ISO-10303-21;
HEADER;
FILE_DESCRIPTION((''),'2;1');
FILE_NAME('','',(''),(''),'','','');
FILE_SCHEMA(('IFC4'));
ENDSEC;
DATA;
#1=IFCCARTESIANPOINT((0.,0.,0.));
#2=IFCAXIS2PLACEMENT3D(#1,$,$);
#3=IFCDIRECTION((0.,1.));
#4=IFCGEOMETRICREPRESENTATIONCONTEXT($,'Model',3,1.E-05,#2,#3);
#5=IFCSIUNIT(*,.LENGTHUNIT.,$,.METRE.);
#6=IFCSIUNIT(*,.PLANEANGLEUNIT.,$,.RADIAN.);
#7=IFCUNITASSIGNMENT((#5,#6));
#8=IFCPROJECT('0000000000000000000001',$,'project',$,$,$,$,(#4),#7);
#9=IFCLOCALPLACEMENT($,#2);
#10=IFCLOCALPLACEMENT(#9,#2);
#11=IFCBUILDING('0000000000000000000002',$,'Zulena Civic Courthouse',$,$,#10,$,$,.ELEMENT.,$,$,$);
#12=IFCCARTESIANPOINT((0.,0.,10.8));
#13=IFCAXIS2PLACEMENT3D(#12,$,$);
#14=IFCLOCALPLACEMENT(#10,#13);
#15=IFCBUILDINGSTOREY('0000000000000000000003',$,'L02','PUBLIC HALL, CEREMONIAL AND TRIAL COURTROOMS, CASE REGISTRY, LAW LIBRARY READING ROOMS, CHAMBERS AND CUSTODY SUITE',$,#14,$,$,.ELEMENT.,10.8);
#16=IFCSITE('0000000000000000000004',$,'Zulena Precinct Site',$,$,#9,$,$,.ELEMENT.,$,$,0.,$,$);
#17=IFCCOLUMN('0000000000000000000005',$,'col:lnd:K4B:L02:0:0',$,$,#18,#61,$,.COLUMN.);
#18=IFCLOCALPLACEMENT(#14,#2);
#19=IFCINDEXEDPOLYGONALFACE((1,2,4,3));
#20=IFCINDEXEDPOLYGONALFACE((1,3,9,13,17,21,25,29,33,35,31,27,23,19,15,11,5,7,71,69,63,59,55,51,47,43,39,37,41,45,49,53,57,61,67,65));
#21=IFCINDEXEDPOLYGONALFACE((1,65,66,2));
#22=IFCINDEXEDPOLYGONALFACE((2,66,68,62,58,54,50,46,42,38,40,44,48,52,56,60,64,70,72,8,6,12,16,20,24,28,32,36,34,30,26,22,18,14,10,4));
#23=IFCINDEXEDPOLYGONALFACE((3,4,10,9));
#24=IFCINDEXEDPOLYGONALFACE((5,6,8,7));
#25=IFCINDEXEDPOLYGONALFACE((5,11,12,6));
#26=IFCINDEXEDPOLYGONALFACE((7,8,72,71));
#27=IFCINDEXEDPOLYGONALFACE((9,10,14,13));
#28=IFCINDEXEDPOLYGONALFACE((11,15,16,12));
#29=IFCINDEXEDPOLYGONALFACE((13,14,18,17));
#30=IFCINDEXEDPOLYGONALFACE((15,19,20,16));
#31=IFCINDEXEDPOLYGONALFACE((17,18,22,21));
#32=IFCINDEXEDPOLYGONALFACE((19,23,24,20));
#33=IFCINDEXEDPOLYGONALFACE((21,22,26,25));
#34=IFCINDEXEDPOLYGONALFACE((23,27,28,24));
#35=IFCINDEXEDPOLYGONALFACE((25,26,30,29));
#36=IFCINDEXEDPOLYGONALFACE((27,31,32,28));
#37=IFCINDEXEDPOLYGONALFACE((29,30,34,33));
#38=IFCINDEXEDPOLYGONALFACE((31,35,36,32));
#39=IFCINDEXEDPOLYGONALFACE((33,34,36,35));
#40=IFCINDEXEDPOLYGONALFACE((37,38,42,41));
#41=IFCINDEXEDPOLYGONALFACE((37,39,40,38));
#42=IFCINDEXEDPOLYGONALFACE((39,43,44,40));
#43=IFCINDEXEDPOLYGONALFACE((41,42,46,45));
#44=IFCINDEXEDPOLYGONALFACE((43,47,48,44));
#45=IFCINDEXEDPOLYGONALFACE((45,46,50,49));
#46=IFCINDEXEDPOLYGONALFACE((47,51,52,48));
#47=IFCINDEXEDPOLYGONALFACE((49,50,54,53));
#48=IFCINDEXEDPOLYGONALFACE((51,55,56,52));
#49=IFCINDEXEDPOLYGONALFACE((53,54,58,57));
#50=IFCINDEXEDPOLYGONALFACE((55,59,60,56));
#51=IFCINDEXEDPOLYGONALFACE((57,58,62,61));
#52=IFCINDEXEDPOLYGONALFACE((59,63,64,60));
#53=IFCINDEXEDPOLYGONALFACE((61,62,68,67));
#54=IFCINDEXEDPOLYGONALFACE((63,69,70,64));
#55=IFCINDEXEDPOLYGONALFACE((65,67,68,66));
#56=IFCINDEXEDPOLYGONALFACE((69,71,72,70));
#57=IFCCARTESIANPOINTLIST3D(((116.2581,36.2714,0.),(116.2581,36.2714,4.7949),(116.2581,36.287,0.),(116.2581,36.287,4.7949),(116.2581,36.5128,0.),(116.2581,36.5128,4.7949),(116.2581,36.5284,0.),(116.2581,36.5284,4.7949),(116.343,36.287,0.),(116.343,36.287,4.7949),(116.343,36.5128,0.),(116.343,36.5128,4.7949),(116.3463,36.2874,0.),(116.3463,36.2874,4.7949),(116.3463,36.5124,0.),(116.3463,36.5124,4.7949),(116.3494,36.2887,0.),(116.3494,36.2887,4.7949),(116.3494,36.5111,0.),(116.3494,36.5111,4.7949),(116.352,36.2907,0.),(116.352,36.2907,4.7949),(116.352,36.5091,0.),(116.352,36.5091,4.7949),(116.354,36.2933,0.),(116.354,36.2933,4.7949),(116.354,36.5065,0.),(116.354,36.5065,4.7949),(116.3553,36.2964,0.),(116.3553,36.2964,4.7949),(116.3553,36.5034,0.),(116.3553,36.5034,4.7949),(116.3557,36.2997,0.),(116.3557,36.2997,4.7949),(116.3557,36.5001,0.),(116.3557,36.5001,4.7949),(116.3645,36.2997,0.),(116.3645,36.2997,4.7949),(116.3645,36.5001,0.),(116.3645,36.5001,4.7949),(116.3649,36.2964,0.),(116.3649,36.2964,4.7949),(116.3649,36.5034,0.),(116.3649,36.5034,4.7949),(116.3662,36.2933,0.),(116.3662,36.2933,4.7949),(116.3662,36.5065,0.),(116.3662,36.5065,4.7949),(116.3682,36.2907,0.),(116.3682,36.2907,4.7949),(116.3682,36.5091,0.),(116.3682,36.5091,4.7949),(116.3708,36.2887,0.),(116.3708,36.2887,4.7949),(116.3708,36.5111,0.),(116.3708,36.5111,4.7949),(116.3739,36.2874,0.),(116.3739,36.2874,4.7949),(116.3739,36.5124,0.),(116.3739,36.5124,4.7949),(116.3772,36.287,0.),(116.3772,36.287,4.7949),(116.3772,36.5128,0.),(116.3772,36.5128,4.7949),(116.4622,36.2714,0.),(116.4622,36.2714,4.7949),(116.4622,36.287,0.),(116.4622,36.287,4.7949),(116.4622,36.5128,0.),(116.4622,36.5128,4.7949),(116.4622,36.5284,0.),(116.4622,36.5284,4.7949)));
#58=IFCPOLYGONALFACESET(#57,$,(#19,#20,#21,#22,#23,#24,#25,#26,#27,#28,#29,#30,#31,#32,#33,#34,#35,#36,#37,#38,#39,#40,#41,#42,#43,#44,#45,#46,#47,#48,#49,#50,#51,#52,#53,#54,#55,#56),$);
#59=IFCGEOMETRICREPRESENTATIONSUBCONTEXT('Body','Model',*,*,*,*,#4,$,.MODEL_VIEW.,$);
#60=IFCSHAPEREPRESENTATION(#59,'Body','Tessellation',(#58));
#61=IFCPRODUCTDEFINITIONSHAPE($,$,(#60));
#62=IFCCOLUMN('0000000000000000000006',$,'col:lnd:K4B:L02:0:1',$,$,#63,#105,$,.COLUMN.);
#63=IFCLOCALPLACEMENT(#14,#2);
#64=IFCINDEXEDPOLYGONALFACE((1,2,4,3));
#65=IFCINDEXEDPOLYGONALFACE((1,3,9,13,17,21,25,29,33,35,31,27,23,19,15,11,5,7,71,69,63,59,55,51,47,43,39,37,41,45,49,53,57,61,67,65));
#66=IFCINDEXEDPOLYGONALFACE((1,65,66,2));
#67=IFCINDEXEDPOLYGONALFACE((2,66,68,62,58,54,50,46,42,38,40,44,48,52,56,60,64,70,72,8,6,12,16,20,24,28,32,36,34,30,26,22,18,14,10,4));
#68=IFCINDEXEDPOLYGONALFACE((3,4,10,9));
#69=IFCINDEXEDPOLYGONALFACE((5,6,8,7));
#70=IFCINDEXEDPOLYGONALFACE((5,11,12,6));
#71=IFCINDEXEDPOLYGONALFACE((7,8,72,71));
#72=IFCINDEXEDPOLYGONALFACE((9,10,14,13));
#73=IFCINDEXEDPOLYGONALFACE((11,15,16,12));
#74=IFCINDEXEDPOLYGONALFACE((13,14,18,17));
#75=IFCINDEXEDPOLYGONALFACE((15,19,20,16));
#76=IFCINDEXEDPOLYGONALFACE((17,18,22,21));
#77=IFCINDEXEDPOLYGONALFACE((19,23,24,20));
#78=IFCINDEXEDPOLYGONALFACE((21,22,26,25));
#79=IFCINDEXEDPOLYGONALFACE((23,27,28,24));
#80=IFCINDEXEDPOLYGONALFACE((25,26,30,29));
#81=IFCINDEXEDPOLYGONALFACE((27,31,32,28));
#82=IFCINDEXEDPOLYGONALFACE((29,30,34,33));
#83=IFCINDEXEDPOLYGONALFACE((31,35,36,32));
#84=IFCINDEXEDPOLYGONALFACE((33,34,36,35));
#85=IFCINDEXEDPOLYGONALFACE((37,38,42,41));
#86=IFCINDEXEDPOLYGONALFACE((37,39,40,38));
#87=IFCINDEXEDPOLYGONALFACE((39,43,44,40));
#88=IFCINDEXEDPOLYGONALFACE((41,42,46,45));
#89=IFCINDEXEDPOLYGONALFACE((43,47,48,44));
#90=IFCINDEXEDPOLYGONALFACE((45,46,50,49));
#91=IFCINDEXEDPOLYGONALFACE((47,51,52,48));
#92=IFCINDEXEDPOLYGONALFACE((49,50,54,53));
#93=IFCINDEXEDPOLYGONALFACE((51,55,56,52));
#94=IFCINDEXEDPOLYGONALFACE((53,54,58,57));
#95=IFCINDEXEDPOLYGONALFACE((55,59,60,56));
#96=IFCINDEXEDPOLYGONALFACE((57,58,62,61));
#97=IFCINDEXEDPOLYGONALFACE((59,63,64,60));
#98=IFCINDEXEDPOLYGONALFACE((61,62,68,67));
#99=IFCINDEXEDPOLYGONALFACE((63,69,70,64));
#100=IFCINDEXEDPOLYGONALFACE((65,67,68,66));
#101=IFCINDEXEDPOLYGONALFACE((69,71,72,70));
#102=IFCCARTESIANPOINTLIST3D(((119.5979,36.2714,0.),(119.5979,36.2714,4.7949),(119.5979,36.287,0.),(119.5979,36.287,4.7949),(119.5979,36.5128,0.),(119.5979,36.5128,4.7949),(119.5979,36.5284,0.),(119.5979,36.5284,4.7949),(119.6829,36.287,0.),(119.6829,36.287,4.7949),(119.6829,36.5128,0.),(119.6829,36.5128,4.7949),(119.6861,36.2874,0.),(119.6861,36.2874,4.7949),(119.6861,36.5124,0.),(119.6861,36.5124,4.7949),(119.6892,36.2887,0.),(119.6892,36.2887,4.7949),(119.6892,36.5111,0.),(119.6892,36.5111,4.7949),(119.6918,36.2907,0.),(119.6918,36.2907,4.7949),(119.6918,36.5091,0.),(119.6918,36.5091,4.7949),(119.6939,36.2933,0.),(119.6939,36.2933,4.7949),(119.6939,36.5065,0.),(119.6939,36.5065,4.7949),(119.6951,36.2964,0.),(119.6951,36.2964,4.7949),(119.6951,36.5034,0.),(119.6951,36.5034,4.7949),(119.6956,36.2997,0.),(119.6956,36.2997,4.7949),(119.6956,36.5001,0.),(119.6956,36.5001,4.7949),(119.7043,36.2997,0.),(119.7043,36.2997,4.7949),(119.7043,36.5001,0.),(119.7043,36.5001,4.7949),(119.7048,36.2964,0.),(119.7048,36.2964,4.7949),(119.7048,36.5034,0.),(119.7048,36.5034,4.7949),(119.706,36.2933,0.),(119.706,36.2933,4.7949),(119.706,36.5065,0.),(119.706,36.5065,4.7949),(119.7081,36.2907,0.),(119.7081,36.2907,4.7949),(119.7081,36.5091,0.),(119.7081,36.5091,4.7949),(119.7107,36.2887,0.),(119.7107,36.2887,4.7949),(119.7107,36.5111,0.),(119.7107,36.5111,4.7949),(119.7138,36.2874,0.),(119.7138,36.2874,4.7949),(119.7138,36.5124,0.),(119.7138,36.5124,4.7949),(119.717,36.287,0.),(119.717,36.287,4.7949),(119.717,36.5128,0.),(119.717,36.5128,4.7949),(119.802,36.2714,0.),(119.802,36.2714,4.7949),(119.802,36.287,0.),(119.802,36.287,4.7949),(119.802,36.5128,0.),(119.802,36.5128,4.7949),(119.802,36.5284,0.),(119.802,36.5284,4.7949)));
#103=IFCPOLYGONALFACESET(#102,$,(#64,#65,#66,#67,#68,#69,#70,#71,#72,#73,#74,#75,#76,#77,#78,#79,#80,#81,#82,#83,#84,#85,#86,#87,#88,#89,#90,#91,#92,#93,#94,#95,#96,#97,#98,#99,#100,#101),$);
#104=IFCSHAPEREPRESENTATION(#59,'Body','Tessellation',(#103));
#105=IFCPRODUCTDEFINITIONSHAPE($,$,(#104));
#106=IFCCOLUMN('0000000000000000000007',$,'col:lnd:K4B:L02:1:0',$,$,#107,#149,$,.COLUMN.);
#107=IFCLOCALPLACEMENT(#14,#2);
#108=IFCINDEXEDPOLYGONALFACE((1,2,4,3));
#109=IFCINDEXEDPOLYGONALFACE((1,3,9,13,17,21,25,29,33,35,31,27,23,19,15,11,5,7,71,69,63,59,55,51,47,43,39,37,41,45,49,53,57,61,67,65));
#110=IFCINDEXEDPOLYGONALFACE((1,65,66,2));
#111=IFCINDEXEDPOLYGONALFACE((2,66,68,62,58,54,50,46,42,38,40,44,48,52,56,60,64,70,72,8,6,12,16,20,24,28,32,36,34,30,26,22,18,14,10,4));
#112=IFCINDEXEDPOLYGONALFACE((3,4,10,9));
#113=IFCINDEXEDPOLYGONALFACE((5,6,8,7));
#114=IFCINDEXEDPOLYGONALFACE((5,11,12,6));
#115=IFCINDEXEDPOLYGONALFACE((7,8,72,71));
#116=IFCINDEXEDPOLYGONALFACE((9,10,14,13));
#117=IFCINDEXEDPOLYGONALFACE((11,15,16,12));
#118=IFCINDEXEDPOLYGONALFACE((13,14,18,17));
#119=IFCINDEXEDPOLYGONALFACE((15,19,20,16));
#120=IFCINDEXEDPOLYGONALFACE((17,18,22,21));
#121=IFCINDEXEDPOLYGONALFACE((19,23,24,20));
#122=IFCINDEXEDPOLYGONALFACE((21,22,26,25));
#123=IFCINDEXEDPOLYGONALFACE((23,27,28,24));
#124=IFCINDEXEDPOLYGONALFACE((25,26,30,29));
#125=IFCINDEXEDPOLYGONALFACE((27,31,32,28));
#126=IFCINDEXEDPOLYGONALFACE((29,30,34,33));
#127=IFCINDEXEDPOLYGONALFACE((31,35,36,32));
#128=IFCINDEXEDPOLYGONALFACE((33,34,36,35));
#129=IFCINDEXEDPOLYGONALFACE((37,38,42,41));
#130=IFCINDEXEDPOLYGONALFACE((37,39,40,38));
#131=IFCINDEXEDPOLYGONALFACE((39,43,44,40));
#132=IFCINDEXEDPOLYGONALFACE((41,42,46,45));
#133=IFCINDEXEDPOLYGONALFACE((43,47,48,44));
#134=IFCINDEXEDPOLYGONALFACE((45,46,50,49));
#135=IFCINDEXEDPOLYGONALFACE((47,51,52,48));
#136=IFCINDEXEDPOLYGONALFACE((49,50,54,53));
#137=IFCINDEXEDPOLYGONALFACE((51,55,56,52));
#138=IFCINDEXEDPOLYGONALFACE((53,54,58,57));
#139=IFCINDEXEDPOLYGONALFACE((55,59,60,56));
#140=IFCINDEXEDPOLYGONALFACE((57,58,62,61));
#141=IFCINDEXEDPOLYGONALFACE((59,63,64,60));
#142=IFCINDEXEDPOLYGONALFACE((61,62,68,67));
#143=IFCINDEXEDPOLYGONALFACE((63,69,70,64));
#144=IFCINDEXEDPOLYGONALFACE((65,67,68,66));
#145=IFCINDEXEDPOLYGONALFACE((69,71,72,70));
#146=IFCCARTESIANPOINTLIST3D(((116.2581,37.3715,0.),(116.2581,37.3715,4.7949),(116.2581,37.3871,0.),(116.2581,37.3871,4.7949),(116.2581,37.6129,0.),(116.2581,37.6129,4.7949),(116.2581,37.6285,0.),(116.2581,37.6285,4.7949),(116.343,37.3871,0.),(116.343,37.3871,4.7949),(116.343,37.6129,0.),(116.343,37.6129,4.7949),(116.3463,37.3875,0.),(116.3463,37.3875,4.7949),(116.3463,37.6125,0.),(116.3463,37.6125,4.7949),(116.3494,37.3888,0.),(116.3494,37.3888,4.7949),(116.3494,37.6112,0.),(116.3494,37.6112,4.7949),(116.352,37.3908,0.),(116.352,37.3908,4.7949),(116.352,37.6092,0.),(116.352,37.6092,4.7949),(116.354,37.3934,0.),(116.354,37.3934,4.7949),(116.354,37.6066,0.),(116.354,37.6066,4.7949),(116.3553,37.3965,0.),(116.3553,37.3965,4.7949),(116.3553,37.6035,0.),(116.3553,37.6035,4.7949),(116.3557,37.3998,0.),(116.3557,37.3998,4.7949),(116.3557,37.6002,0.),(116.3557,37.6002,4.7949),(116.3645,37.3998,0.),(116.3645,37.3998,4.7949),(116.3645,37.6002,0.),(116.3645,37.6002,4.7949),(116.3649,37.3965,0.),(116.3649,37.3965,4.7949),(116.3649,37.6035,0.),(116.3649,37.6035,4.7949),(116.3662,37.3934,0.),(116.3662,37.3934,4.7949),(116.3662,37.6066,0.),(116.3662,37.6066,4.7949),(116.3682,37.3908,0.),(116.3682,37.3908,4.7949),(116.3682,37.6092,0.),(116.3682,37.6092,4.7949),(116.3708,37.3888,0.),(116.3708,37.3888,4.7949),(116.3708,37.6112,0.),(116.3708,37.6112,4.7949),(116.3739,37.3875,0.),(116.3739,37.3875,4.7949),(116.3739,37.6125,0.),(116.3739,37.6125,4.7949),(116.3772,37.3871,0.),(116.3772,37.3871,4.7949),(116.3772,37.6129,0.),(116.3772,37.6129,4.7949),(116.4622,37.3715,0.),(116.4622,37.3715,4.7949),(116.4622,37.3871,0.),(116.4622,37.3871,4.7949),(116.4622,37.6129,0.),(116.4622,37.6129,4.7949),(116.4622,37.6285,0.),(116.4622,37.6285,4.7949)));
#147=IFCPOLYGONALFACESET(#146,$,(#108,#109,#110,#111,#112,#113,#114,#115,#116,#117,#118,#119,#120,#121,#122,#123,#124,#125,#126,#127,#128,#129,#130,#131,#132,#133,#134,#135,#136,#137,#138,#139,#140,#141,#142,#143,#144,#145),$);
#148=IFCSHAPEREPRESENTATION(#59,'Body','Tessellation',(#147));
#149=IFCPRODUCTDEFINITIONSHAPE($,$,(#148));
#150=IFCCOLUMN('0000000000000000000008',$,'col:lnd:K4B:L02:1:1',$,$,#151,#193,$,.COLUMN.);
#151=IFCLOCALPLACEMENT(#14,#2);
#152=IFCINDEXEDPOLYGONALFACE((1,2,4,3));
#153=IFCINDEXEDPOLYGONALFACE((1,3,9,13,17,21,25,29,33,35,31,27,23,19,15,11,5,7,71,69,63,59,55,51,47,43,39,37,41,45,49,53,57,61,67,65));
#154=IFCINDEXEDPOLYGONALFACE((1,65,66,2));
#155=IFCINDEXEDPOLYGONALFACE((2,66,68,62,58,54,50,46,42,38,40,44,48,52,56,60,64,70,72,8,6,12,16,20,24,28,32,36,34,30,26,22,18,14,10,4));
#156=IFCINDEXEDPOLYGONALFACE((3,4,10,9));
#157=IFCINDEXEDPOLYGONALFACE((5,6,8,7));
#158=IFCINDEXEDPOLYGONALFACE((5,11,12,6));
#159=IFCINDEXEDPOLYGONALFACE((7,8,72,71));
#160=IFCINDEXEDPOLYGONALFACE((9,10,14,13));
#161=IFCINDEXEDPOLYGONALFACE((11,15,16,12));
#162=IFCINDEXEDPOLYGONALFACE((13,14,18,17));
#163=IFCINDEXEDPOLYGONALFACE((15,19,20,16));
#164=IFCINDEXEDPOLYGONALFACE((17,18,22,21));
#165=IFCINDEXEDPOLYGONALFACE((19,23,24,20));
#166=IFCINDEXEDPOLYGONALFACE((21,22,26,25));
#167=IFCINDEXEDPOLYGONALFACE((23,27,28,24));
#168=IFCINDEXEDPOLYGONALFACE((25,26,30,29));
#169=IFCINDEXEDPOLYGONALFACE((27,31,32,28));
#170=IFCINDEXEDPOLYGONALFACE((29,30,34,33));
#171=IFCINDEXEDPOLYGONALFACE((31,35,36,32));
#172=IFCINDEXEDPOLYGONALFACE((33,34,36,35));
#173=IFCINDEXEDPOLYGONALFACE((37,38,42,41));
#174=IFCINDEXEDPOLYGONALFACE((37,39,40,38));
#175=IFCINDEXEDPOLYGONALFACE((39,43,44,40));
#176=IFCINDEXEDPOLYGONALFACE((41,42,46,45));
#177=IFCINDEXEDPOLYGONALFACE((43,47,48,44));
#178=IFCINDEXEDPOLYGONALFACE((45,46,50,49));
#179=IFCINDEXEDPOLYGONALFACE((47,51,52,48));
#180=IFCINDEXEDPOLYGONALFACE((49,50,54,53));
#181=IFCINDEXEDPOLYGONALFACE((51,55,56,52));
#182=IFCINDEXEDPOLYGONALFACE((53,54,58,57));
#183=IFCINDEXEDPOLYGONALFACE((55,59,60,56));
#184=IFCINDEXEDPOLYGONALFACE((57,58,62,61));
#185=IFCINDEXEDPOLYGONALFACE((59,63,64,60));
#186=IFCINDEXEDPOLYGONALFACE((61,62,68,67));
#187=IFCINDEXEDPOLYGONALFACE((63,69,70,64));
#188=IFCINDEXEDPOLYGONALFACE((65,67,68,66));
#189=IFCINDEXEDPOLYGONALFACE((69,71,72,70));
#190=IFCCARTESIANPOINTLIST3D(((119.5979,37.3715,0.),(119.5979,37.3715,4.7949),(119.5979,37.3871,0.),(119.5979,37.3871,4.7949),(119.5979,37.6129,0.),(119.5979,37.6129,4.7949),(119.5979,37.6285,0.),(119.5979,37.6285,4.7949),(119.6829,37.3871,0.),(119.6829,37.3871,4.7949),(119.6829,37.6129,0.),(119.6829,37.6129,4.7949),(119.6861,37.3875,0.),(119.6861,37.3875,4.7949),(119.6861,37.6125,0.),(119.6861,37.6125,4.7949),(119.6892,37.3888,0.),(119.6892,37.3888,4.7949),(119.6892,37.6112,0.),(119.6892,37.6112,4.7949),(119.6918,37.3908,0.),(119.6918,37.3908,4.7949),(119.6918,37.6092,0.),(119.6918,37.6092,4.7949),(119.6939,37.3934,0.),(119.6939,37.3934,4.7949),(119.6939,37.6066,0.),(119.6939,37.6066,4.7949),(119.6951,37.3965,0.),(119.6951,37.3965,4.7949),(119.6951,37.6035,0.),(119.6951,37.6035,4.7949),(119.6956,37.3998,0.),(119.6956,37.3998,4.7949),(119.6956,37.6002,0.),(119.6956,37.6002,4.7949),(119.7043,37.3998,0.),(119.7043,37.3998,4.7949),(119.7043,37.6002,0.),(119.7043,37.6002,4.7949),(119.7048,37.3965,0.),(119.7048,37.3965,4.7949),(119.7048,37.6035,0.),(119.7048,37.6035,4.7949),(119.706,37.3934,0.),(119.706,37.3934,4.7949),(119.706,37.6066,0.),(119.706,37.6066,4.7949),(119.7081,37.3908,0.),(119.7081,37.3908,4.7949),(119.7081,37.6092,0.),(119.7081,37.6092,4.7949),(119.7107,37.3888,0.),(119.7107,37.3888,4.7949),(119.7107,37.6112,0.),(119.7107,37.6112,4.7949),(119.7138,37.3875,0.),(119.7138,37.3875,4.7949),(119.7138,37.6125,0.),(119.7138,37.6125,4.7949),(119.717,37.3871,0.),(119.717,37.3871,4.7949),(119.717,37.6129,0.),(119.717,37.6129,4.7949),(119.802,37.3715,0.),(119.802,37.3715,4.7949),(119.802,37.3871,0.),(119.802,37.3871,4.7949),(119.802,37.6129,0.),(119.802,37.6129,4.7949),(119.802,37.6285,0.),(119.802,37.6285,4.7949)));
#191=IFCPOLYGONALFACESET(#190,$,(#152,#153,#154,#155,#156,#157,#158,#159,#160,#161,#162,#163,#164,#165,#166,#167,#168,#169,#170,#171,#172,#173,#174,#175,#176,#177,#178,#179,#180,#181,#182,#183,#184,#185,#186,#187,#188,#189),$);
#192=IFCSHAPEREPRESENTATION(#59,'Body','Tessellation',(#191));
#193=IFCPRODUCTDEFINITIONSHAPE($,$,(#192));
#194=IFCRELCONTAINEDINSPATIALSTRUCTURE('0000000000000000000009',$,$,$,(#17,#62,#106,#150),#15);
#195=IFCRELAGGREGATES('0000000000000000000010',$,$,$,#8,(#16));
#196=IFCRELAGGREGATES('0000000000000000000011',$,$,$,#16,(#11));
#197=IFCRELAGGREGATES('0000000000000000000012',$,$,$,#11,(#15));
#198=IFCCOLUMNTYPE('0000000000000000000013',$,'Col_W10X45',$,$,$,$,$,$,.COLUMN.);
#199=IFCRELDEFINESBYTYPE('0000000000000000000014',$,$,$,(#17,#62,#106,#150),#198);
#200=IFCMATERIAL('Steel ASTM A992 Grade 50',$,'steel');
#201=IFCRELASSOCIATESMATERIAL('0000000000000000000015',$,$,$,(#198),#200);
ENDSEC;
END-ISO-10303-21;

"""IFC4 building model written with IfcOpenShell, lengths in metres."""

from ifc_helpers import new_model, si_unit, direction, frame, origin, origin_2d, place, context, subcontext, project, spatial, i_section, extrude, material, material_profile, profile_set, type_object, element, save


model = new_model("IFC4")

# Units and contexts
model_context = context("Model", 3, precision=1e-05, world=origin(), true_north=direction((0.0, 1.0)))
body_context = subcontext(model_context, "Body", "Model", "MODEL_VIEW")
ifc_project = project(units=[si_unit("LENGTHUNIT", "METRE"), si_unit("PLANEANGLEUNIT", "RADIAN")], contexts=[model_context])

# Site, building, storey
site_placement = place(None, origin())
site = spatial("IfcSite", under=ifc_project, at=site_placement, Name="Zulena Precinct Site", CompositionType="ELEMENT", RefElevation=0.0)
building_placement = place(site_placement, origin())
building = spatial("IfcBuilding", under=site, at=building_placement, Name="Zulena Civic Courthouse", CompositionType="ELEMENT")
storey_placement = place(building_placement, frame((0.0, 0.0, 10.8)))
storey = spatial("IfcBuildingStorey", under=building, at=storey_placement, Name="L02", Description="PUBLIC HALL, CEREMONIAL AND TRIAL COURTROOMS, CASE REGISTRY, LAW LIBRARY READING ROOMS, CHAMBERS AND CUSTODY SUITE", CompositionType="ELEMENT", Elevation=10.8)

# Columns
ifc_material_1 = material(Name="Steel ASTM A992 Grade 50", Category="steel")
ifc_material_profile_1 = material_profile(ifc_material_1, i_section(OverallWidth=0.2041, OverallDepth=0.2571, WebThickness=0.0088, FlangeThickness=0.0156, FilletRadius=0.0127, at=origin_2d()), Name="W10X45")
ifc_profile_set_1 = profile_set([ifc_material_profile_1], Name="Steel ASTM A992 Grade 50")
column_type_1 = type_object("IfcColumnType", Name="Col_W10X45", PredefinedType="COLUMN", material=ifc_profile_set_1)
for number, where, z_axis, x_axis, name in (
    (1, (116.3601, 36.3999, 0.0), (0.0, 0.0, 1.0), (1.0, 0.0, 0.0), "col:lnd:K4B:L02:0:0"),
    (2, (119.7, 36.3999, 0.0), (0.0, 0.0, 1.0), (1.0, 0.0, 0.0), "col:lnd:K4B:L02:0:1"),
    (3, (116.3601, 37.5, 0.0), (0.0, 0.0, 1.0), (1.0, 0.0, 0.0), "col:lnd:K4B:L02:1:0"),
    (4, (119.7, 37.5, 0.0), (0.0, 0.0, 1.0), (1.0, 0.0, 0.0), "col:lnd:K4B:L02:1:1"),
):
    element("IfcColumn", number, at=place(storey_placement, frame(where, z_axis=z_axis, x_axis=x_axis)), inside=storey, type_object=column_type_1, Name=name, PredefinedType="COLUMN", context=body_context, shape_type="SweptSolid", body=[
        extrude(i_section(OverallWidth=0.2041, OverallDepth=0.2571, WebThickness=0.0088, FlangeThickness=0.0156, FilletRadius=0.0127, at=origin_2d()), origin(), (0.0, 0.0, 1.0), 4.7949),
    ])

save(model, "model.ifc")
